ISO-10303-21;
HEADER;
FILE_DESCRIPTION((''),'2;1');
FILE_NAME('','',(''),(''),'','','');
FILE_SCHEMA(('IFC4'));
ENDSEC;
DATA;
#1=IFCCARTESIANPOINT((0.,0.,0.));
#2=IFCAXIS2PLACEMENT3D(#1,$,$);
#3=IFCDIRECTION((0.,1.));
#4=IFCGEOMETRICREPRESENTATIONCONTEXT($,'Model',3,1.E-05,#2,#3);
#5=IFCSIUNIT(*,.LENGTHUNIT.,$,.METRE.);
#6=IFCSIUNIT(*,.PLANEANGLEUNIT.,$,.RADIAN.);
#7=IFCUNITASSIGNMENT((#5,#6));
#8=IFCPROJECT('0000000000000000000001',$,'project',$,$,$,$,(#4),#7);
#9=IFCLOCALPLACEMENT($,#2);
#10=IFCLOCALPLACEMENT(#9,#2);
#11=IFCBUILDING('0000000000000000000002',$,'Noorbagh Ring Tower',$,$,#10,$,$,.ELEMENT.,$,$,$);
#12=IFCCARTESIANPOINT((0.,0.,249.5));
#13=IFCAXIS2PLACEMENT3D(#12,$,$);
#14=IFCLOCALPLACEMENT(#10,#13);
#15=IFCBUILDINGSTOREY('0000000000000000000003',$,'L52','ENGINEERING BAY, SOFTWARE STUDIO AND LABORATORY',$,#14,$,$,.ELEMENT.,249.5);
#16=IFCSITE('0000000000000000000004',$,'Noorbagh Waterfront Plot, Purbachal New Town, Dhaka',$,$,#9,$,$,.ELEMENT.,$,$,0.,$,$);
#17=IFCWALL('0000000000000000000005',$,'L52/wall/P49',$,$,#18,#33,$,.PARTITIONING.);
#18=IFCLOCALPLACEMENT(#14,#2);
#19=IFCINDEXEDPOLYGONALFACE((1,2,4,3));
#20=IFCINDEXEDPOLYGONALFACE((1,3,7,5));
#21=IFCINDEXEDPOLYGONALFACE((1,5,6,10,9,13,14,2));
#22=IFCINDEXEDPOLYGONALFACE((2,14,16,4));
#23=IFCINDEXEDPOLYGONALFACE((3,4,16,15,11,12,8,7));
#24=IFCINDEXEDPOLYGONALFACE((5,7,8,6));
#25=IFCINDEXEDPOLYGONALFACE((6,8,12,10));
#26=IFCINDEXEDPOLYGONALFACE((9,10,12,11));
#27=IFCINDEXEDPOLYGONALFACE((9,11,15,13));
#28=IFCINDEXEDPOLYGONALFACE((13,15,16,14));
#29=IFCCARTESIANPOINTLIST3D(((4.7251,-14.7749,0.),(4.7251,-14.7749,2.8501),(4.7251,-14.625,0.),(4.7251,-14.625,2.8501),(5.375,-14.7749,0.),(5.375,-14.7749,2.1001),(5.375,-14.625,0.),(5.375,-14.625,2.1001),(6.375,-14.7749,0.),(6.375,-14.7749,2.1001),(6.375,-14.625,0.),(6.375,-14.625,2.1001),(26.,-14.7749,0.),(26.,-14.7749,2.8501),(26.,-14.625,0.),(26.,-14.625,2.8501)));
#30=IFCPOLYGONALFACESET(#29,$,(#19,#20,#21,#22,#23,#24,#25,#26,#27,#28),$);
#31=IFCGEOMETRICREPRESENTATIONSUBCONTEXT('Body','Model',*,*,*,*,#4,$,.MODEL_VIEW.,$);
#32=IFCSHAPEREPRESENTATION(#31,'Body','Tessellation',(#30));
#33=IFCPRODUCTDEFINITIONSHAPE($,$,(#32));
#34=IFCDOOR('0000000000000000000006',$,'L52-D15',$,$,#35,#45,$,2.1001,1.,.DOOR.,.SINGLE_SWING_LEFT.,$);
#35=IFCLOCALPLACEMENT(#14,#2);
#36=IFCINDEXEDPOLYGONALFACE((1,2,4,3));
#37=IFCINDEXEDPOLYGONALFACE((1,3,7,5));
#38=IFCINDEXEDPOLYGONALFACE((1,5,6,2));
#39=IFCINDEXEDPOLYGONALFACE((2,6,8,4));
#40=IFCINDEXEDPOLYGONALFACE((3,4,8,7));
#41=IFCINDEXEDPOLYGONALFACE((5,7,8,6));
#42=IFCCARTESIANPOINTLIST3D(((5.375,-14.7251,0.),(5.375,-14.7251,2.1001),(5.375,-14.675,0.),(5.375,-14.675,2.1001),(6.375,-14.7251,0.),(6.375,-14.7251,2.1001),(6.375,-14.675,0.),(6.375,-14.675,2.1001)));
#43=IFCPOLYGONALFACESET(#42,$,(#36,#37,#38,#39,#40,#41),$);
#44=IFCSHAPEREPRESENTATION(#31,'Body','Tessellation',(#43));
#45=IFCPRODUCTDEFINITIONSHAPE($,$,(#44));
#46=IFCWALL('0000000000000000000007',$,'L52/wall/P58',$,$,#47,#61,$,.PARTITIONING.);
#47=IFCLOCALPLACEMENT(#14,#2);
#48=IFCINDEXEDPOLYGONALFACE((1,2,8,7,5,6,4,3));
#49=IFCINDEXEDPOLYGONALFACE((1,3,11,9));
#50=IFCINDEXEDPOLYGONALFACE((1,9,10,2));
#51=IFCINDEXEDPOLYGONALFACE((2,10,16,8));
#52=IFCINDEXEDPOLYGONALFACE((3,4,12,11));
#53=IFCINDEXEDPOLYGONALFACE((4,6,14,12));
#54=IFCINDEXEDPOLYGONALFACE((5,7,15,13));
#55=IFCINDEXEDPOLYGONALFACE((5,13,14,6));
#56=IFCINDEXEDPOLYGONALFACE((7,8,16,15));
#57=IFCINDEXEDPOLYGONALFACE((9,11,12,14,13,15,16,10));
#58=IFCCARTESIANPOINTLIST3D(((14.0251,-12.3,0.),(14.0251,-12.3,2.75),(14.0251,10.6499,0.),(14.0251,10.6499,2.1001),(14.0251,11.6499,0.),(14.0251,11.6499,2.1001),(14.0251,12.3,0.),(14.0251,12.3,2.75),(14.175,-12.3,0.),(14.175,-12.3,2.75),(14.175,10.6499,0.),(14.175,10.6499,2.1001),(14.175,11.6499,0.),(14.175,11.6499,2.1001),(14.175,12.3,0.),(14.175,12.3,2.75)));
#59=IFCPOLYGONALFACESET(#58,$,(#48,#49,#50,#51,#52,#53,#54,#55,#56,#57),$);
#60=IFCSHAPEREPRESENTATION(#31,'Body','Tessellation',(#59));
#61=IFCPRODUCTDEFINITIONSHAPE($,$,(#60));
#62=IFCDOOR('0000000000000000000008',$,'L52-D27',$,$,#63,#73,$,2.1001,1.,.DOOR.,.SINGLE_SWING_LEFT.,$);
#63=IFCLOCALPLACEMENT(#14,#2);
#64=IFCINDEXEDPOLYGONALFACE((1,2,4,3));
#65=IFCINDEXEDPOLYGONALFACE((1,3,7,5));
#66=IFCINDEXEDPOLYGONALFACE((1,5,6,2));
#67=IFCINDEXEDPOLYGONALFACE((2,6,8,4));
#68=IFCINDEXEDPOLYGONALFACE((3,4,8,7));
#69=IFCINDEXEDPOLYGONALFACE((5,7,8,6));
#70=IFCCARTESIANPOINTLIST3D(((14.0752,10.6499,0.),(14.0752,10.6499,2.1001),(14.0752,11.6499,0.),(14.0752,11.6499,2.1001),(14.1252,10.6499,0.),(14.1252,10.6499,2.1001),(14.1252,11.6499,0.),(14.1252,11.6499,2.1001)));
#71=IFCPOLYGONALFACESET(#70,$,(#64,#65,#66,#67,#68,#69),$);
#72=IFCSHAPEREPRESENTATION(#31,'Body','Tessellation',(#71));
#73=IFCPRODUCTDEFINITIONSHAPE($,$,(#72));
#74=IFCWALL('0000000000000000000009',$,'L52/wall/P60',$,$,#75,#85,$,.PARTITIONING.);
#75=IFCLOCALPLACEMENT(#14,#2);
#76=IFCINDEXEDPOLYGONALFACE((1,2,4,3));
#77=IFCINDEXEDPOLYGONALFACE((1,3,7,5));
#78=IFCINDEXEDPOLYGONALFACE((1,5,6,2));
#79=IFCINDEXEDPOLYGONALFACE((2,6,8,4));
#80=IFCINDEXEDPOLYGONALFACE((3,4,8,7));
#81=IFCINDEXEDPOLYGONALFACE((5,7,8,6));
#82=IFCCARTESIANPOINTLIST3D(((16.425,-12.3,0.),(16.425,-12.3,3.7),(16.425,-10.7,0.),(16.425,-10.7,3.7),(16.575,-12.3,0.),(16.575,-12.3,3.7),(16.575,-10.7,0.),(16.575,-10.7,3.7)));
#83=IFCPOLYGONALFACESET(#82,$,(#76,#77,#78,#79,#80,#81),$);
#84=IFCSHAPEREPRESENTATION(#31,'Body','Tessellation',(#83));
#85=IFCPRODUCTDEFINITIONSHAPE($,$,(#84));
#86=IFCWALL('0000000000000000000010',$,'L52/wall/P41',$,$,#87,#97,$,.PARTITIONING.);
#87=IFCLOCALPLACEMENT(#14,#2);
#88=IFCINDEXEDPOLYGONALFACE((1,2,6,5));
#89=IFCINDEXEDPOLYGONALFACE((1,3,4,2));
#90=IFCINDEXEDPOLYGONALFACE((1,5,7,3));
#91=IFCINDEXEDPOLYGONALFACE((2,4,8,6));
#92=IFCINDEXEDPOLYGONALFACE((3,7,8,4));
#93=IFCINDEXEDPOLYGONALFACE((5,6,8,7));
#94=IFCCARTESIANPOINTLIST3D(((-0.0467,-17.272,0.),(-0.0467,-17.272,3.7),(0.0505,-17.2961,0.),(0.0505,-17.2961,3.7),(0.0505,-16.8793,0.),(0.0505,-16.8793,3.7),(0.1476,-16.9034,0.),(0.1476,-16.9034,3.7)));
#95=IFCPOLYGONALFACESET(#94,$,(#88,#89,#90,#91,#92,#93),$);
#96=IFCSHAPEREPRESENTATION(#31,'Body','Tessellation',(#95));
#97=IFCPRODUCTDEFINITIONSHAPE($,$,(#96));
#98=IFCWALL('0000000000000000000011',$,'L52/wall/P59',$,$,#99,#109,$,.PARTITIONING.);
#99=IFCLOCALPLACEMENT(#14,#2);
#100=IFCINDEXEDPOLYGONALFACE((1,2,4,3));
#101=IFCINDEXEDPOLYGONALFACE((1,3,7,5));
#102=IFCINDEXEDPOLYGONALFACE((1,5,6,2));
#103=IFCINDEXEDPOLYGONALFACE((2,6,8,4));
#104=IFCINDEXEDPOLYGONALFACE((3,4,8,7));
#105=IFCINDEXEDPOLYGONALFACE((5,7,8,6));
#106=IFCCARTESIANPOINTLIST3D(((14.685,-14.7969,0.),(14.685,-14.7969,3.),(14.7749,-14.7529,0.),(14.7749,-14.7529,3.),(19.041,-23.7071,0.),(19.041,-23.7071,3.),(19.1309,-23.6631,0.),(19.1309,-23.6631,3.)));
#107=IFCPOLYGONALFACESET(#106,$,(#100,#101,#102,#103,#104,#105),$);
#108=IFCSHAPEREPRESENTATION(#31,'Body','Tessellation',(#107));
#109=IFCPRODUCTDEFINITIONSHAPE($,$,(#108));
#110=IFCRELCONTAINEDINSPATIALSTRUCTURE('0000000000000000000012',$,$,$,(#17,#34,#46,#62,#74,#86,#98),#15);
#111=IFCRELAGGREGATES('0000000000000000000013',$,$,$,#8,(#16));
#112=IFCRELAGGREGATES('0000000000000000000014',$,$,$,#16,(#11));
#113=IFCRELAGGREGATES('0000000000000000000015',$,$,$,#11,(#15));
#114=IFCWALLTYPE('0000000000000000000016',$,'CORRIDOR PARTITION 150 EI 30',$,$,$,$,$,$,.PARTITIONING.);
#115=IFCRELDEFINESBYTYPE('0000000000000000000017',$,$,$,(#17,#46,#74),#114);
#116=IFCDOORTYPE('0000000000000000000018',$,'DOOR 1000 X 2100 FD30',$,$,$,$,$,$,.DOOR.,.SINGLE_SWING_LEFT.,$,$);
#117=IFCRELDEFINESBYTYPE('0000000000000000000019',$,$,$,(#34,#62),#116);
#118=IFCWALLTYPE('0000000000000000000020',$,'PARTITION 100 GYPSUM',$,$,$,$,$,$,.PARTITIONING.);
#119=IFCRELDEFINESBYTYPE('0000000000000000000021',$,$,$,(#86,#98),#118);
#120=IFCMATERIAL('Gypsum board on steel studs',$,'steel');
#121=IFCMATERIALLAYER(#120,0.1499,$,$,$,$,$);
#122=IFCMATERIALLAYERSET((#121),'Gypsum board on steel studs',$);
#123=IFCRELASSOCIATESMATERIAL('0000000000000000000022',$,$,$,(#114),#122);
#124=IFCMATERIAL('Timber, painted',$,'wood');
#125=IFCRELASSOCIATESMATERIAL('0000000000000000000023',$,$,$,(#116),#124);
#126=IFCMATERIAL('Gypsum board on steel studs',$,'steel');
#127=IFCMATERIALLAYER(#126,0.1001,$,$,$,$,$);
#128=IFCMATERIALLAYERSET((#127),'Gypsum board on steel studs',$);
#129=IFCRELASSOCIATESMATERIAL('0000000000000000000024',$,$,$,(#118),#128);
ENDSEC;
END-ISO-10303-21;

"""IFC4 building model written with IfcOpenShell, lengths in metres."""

from ifc_helpers import new_model, si_unit, direction, frame, frame_2d, origin, place, context, subcontext, project, spatial, rectangle, extrude, material, layer, layer_set, type_object, element, fill, save


model = new_model("IFC4")

# Units and contexts
model_context = context("Model", 3, precision=1e-05, world=origin(), true_north=direction((0.0, 1.0)))
body_context = subcontext(model_context, "Body", "Model", "MODEL_VIEW")
ifc_project = project(units=[si_unit("LENGTHUNIT", "METRE"), si_unit("PLANEANGLEUNIT", "RADIAN")], contexts=[model_context])

# Site, building, storey
site_placement = place(None, origin())
site = spatial("IfcSite", under=ifc_project, at=site_placement, Name="Noorbagh Waterfront Plot, Purbachal New Town, Dhaka", CompositionType="ELEMENT", RefElevation=0.0)
building_placement = place(site_placement, origin())
building = spatial("IfcBuilding", under=site, at=building_placement, Name="Noorbagh Ring Tower", CompositionType="ELEMENT")
storey_placement = place(building_placement, frame((0.0, 0.0, 249.5)))
storey = spatial("IfcBuildingStorey", under=building, at=storey_placement, Name="L52", Description="ENGINEERING BAY, SOFTWARE STUDIO AND LABORATORY", CompositionType="ELEMENT", Elevation=249.5)

# Shared definitions
ifc_material_1 = material(Name="Gypsum board on steel studs", Category="steel")
ifc_layer_1 = layer(ifc_material_1, 0.1499)
ifc_layer_set_1 = layer_set([ifc_layer_1], Name="Gypsum board on steel studs")
wall_type_1 = type_object("IfcWallType", Name="CORRIDOR PARTITION 150 EI 30", PredefinedType="PARTITIONING", material=ifc_layer_set_1)

# Walls, openings, doors
wall_1_placement = place(storey_placement, frame((4.7251, -14.7, 0.0), z_axis=(0.0, 0.0, 1.0), x_axis=(1.0, 0.0, 0.0)))
wall_1 = element("IfcWall", 1, at=wall_1_placement, inside=storey, type_object=wall_type_1, Name="L52/wall/P49", PredefinedType="PARTITIONING", context=body_context, shape_type="SweptSolid", body=[
    extrude(rectangle(XDim=21.2749, YDim=0.1499, at=frame_2d((10.6375, 0.0))), origin(), (0.0, 0.0, 1.0), 2.8501),
])
opening_1_placement = place(wall_1_placement, frame((0.6499, 0.0, 0.0)))
opening_1 = element("IfcOpeningElement", 2, at=opening_1_placement, cuts=wall_1, PredefinedType="OPENING", context=body_context, shape_type="SweptSolid", body=[
    extrude(rectangle(XDim=1.0, YDim=2.1001, at=frame_2d((0.5, 1.05))), frame((0.0, 0.085, 0.0), z_axis=(0.0, -1.0, 0.0), x_axis=(1.0, 0.0, 0.0)), (0.0, 0.0, 1.0), 0.1699),
])
ifc_material_2 = material(Name="Timber, painted", Category="wood")
door_type = type_object("IfcDoorType", Name="DOOR 1000 X 2100 FD30", OperationType="SINGLE_SWING_LEFT", PredefinedType="DOOR", material=ifc_material_2)
door_1_placement = place(opening_1_placement, origin())
door_1 = element("IfcDoor", 3, at=door_1_placement, inside=storey, type_object=door_type, Name="L52-D15", OperationType="SINGLE_SWING_LEFT", OverallHeight=2.1001, OverallWidth=1.0, PredefinedType="DOOR", context=body_context, shape_type="SweptSolid", body=[
    extrude(rectangle(XDim=1.0, YDim=2.1001, at=frame_2d((0.5, 1.05))), frame((0.0, 0.0249, 0.0), z_axis=(0.0, -1.0, 0.0), x_axis=(1.0, 0.0, 0.0)), (0.0, 0.0, 1.0), 0.05),
])
fill(opening_1, door_1)
wall_2_placement = place(storey_placement, frame((14.1001, -12.3, 0.0), z_axis=(0.0, 0.0, 1.0), x_axis=(0.0, 1.0, 0.0)))
wall_2 = element("IfcWall", 4, at=wall_2_placement, inside=storey, type_object=wall_type_1, Name="L52/wall/P58", PredefinedType="PARTITIONING", context=body_context, shape_type="SweptSolid", body=[
    extrude(rectangle(XDim=24.6001, YDim=0.1499, at=frame_2d((12.3, 0.0))), origin(), (0.0, 0.0, 1.0), 2.75),
])
opening_2_placement = place(wall_2_placement, frame((22.95, 0.0, 0.0)))
opening_2 = element("IfcOpeningElement", 5, at=opening_2_placement, cuts=wall_2, PredefinedType="OPENING", context=body_context, shape_type="SweptSolid", body=[
    extrude(rectangle(XDim=1.0, YDim=2.1001, at=frame_2d((0.5, 1.05))), frame((0.0, 0.085, 0.0), z_axis=(0.0, -1.0, 0.0), x_axis=(1.0, 0.0, 0.0)), (0.0, 0.0, 1.0), 0.1699),
])
door_2_placement = place(opening_2_placement, origin())
door_2 = element("IfcDoor", 6, at=door_2_placement, inside=storey, type_object=door_type, Name="L52-D27", OperationType="SINGLE_SWING_LEFT", OverallHeight=2.1001, OverallWidth=1.0, PredefinedType="DOOR", context=body_context, shape_type="SweptSolid", body=[
    extrude(rectangle(XDim=1.0, YDim=2.1001, at=frame_2d((0.5, 1.05))), frame((0.0, 0.0249, 0.0), z_axis=(0.0, -1.0, 0.0), x_axis=(1.0, 0.0, 0.0)), (0.0, 0.0, 1.0), 0.05),
])
fill(opening_2, door_2)

# Walls
wall_3_placement = place(storey_placement, frame((16.5, -12.3, 0.0), z_axis=(0.0, 0.0, 1.0), x_axis=(0.0, 1.0, 0.0)))
element("IfcWall", 7, at=wall_3_placement, inside=storey, type_object=wall_type_1, Name="L52/wall/P60", PredefinedType="PARTITIONING", context=body_context, shape_type="SweptSolid", body=[
    extrude(rectangle(XDim=1.6001, YDim=0.1499, at=frame_2d((0.8, 0.0))), origin(), (0.0, 0.0, 1.0), 3.7),
])
ifc_material_3 = material(Name="Gypsum board on steel studs", Category="steel")
ifc_layer_2 = layer(ifc_material_3, 0.1001)
ifc_layer_set_2 = layer_set([ifc_layer_2], Name="Gypsum board on steel studs")
wall_type_2 = type_object("IfcWallType", Name="PARTITION 100 GYPSUM", PredefinedType="PARTITIONING", material=ifc_layer_set_2)
wall_4_placement = place(storey_placement, frame((0.002, -17.2839, 0.0), z_axis=(0.0, 0.0, 1.0), x_axis=(0.240122, 0.970743, 0.0)))
element("IfcWall", 8, at=wall_4_placement, inside=storey, type_object=wall_type_2, Name="L52/wall/P41", PredefinedType="PARTITIONING", context=body_context, shape_type="SweptSolid", body=[
    extrude(rectangle(XDim=0.4045, YDim=0.1001, at=frame_2d((0.2021, 0.0))), origin(), (0.0, 0.0, 1.0), 3.7),
])
wall_5_placement = place(storey_placement, frame((14.73, -14.7749, 0.0), z_axis=(0.0, 0.0, 1.0), x_axis=(0.4392, -0.898389, 0.0)))
element("IfcWall", 9, at=wall_5_placement, inside=storey, type_object=wall_type_2, Name="L52/wall/P59", PredefinedType="PARTITIONING", context=body_context, shape_type="SweptSolid", body=[
    extrude(rectangle(XDim=9.918, YDim=0.1001, at=frame_2d((4.959, 0.0))), origin(), (0.0, 0.0, 1.0), 3.0),
])

save(model, "model.ifc")
